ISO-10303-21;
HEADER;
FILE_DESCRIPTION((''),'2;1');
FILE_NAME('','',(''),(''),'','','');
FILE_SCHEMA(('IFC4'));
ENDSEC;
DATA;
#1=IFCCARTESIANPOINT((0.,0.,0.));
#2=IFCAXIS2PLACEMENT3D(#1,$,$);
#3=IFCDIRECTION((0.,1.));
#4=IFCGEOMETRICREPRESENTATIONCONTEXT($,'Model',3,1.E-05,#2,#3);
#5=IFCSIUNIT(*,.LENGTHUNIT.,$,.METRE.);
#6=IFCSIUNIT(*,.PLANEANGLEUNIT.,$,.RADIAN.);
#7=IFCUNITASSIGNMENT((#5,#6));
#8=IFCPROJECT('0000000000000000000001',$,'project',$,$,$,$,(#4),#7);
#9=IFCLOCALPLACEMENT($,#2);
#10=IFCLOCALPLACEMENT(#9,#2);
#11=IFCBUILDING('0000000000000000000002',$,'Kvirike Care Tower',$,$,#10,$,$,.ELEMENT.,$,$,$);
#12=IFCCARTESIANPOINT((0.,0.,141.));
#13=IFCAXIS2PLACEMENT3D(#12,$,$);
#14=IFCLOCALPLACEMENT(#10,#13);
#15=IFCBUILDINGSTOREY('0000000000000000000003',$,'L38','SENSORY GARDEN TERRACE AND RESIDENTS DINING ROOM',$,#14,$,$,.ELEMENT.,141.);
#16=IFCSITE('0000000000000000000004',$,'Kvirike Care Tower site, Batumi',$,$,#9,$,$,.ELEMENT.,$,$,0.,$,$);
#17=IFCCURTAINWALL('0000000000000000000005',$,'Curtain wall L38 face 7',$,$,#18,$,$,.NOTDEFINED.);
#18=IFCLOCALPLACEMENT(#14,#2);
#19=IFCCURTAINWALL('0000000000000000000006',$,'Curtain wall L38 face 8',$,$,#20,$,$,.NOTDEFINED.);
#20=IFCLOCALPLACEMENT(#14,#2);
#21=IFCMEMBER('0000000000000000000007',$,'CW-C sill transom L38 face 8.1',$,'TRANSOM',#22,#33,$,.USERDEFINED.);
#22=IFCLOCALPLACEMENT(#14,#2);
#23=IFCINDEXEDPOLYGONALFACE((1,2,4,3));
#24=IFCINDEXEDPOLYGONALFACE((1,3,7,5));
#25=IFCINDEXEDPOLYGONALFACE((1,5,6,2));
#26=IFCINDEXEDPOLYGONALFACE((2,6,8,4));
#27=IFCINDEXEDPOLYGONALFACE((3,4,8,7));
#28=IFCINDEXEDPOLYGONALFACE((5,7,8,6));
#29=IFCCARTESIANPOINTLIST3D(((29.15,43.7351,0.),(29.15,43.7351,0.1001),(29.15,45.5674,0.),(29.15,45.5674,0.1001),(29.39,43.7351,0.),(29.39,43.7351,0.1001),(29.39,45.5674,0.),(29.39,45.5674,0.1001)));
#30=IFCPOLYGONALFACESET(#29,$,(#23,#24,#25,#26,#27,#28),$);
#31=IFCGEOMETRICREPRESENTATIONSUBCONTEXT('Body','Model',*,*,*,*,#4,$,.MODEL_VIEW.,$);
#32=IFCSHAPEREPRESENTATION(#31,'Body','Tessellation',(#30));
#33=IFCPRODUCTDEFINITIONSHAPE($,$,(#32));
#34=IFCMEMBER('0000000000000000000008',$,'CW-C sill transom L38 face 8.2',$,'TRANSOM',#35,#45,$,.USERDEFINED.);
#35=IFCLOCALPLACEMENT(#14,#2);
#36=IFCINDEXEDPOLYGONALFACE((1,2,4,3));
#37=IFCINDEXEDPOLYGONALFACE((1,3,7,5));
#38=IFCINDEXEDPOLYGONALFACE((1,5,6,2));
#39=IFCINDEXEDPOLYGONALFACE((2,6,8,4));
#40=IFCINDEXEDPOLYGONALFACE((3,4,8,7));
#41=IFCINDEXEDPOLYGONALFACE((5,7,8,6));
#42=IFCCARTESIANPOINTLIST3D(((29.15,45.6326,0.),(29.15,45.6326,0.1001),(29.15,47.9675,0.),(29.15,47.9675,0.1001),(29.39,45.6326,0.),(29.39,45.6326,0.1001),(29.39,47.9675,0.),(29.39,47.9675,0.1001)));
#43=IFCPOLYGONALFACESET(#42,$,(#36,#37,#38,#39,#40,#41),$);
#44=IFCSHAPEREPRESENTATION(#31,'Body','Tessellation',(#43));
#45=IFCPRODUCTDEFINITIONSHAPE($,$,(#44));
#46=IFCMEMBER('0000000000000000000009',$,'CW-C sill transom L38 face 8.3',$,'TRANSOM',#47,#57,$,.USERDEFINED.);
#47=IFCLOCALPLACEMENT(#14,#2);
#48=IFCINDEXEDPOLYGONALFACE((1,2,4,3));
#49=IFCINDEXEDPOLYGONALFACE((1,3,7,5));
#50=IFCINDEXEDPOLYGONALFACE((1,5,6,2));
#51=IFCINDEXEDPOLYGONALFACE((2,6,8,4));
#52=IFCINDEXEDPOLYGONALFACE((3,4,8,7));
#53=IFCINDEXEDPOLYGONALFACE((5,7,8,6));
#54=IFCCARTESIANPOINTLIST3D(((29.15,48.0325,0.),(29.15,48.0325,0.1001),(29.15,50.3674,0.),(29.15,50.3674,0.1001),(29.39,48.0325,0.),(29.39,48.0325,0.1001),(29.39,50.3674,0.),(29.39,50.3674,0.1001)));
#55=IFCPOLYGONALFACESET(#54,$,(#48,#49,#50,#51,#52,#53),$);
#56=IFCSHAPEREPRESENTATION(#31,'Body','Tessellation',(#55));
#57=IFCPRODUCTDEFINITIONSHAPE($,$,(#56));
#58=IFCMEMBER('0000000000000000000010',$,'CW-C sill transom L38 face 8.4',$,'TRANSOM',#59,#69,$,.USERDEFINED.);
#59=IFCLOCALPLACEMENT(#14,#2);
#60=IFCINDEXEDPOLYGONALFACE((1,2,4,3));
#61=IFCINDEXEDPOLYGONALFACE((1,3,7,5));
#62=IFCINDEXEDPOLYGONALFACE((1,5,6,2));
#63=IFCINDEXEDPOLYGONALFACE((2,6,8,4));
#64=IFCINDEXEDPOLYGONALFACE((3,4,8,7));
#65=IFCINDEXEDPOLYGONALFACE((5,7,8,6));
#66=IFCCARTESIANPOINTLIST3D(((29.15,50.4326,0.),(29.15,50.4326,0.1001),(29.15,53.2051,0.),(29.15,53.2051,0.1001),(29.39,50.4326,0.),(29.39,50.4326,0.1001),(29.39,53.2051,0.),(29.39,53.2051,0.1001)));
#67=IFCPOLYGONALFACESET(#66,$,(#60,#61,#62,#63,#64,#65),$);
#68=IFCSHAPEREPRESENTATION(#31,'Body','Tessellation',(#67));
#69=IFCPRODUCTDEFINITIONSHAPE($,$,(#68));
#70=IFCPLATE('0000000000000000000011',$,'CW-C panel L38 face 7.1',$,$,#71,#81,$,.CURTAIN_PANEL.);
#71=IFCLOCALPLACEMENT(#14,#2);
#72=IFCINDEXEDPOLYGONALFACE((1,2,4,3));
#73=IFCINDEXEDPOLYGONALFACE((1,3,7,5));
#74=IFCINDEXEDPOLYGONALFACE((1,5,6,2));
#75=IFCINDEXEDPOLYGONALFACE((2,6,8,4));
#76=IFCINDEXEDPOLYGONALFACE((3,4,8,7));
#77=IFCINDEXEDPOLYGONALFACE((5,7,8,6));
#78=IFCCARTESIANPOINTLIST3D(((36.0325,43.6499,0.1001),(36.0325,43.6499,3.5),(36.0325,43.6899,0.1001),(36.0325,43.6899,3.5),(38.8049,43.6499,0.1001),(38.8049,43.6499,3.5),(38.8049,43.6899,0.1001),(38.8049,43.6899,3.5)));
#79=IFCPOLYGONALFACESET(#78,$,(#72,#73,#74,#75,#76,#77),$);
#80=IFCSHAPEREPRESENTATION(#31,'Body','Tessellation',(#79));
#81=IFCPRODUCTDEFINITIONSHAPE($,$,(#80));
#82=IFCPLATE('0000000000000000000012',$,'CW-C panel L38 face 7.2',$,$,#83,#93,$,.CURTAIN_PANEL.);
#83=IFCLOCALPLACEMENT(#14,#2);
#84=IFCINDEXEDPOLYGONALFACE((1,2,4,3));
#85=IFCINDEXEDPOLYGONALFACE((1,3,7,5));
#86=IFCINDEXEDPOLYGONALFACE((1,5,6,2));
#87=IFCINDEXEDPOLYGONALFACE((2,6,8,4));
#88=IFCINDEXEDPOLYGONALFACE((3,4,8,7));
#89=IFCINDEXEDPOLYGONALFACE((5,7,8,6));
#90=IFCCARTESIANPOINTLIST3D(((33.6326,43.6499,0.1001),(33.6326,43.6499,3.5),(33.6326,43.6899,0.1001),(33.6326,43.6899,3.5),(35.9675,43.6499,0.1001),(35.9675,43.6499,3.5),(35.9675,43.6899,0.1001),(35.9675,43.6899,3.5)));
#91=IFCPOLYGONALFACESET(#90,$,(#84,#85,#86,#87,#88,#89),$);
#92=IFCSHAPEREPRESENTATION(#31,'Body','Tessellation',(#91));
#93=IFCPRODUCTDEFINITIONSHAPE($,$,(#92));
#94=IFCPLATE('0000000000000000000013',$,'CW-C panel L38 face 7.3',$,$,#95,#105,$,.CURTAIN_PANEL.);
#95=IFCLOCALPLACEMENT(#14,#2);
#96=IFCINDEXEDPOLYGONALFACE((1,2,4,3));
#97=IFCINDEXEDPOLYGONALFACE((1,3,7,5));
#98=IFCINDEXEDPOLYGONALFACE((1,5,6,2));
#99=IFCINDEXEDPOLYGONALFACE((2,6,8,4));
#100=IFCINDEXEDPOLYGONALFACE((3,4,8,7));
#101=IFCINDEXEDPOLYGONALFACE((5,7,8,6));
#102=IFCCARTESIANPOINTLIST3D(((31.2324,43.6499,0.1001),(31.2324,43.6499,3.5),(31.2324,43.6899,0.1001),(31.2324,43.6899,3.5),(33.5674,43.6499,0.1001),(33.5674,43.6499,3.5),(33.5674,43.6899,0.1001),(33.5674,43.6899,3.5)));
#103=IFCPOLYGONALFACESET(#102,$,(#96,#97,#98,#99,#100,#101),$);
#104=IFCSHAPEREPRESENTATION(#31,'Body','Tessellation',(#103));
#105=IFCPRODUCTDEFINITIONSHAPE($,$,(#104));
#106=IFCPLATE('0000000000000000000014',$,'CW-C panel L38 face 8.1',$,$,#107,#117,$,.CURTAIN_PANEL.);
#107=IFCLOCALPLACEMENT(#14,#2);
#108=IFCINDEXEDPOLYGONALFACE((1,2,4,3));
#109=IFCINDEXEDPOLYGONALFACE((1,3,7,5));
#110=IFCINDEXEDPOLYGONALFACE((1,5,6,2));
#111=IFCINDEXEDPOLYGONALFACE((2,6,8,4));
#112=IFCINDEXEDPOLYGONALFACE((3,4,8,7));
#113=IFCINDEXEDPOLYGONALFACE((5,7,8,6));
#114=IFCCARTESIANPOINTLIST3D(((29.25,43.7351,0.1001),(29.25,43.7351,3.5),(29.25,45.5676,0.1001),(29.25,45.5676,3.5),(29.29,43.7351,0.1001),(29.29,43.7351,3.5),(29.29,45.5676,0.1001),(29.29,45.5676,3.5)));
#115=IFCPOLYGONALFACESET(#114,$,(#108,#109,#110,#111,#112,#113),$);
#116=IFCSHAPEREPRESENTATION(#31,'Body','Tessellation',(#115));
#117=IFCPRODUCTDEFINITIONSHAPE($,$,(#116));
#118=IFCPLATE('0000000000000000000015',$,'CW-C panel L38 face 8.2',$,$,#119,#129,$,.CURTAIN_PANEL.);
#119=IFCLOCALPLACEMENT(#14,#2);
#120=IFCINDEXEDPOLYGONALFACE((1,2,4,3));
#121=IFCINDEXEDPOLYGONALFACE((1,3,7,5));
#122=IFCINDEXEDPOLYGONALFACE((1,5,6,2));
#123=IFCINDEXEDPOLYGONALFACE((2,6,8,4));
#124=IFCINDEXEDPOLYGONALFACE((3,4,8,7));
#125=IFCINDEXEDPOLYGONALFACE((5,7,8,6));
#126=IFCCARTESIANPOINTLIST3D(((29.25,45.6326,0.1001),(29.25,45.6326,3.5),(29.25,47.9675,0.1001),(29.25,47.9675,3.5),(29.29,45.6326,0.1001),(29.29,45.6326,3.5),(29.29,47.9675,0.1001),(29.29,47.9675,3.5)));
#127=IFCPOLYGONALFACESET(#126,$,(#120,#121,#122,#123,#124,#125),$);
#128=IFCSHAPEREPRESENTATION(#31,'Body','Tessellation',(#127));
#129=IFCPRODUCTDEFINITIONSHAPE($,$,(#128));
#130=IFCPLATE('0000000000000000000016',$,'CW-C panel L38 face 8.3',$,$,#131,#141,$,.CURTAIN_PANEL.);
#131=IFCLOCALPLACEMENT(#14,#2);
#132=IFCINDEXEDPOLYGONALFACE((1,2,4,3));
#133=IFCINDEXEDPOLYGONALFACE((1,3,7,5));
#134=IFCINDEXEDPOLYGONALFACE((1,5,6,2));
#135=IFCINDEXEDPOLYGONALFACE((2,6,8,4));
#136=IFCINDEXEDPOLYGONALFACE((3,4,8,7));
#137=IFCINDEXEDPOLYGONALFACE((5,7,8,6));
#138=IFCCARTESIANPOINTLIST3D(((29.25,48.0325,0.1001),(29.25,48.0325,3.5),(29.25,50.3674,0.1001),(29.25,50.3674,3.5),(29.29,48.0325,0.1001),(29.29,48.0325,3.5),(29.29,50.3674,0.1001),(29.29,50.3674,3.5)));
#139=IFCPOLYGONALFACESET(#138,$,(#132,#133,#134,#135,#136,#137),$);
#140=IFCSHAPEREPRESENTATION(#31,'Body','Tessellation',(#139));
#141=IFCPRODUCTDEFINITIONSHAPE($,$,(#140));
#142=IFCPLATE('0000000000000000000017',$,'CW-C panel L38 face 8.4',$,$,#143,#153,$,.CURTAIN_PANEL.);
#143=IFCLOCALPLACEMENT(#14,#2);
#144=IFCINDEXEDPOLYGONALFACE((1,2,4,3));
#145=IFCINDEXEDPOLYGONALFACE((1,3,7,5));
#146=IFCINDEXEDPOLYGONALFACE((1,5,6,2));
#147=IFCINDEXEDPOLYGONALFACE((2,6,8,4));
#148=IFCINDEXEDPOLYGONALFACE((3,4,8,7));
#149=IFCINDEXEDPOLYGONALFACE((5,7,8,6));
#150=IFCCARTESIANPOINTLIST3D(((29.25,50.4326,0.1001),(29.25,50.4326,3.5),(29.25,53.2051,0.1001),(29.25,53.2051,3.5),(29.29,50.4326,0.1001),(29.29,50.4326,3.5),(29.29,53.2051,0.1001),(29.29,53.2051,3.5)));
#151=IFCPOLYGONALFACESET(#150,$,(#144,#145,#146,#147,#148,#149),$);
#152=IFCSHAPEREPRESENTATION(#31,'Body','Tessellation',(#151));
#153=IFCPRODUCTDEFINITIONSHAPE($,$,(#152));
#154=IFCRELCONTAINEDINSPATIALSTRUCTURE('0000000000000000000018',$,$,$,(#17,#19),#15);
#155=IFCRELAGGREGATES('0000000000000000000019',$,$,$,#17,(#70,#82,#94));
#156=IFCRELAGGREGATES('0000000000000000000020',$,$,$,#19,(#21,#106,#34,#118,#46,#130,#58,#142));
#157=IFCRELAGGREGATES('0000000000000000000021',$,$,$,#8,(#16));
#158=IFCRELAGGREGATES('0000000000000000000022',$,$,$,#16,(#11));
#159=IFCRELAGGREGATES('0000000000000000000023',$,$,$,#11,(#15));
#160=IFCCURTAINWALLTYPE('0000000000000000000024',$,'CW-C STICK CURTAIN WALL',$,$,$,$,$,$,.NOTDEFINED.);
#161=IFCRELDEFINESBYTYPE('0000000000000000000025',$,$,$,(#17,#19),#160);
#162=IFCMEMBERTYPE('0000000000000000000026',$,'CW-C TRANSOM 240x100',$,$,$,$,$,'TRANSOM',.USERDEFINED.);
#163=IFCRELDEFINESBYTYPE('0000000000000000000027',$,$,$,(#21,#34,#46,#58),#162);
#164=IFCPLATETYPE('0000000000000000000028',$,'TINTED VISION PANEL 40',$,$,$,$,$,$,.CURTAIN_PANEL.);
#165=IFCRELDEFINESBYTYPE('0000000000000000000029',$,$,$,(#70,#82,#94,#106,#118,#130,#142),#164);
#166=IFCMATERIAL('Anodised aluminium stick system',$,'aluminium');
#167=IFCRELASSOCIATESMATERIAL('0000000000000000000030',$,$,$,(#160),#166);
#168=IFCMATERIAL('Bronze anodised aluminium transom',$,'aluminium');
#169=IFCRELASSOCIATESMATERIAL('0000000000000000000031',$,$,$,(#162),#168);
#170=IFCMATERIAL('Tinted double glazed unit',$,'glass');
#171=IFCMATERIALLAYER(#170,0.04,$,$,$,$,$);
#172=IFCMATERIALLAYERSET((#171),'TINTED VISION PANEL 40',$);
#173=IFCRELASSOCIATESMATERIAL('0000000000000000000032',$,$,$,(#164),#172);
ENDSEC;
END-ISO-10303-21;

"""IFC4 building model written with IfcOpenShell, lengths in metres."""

from ifc_helpers import new_model, si_unit, direction, frame, origin, origin_2d, place, context, subcontext, project, spatial, rectangle, extrude, material, layer, layer_set, material_profile, profile_set, type_object, element, aggregate, save


model = new_model("IFC4")

# Units and contexts
model_context = context("Model", 3, precision=1e-05, world=origin(), true_north=direction((0.0, 1.0)))
body_context = subcontext(model_context, "Body", "Model", "MODEL_VIEW")
ifc_project = project(units=[si_unit("LENGTHUNIT", "METRE"), si_unit("PLANEANGLEUNIT", "RADIAN")], contexts=[model_context])

# Site, building, storey
site_placement = place(None, origin())
site = spatial("IfcSite", under=ifc_project, at=site_placement, Name="Kvirike Care Tower site, Batumi", CompositionType="ELEMENT", RefElevation=0.0)
building_placement = place(site_placement, origin())
building = spatial("IfcBuilding", under=site, at=building_placement, Name="Kvirike Care Tower", CompositionType="ELEMENT")
storey_placement = place(building_placement, frame((0.0, 0.0, 141.0)))
storey = spatial("IfcBuildingStorey", under=building, at=storey_placement, Name="L38", Description="SENSORY GARDEN TERRACE AND RESIDENTS DINING ROOM", CompositionType="ELEMENT", Elevation=141.0)

# Curtain walls
ifc_material_1 = material(Name="Anodised aluminium stick system", Category="aluminium")
curtain_wall_type = type_object("IfcCurtainWallType", Name="CW-C STICK CURTAIN WALL", PredefinedType="NOTDEFINED", material=ifc_material_1)
curtain_wall_1_placement = place(storey_placement, origin())
curtain_wall_1 = element("IfcCurtainWall", 1, at=curtain_wall_1_placement, inside=storey, type_object=curtain_wall_type, Name="Curtain wall L38 face 7", PredefinedType="NOTDEFINED")
curtain_wall_2_placement = place(storey_placement, origin())
curtain_wall_2 = element("IfcCurtainWall", 2, at=curtain_wall_2_placement, inside=storey, type_object=curtain_wall_type, Name="Curtain wall L38 face 8", PredefinedType="NOTDEFINED")

# Members
ifc_material_2 = material(Name="Bronze anodised aluminium transom", Category="aluminium")
ifc_material_profile_1 = material_profile(ifc_material_2, rectangle(XDim=0.24, YDim=0.1001, at=origin_2d()), Name="CW-C TRANSOM 240x100")
ifc_profile_set_1 = profile_set([ifc_material_profile_1], Name="Bronze anodised aluminium transom")
member_type_1 = type_object("IfcMemberType", Name="CW-C TRANSOM 240x100", ElementType="TRANSOM", PredefinedType="USERDEFINED", material=ifc_profile_set_1)
member_1_placement = place(storey_placement, frame((29.27, 43.7351, 0.05), z_axis=(0.0, 1.0, 0.0), x_axis=(-1.0, 0.0, 0.0)))
member_1 = element("IfcMember", 3, at=member_1_placement, type_object=member_type_1, Name="CW-C sill transom L38 face 8.1", ObjectType="TRANSOM", PredefinedType="USERDEFINED", context=body_context, shape_type="SweptSolid", body=[
    extrude(rectangle(XDim=0.24, YDim=0.1001, at=origin_2d()), origin(), (0.0, 0.0, 1.0), 1.8323),
])
member_2_placement = place(storey_placement, frame((29.27, 45.6326, 0.05), z_axis=(0.0, 1.0, 0.0), x_axis=(-1.0, 0.0, 0.0)))
member_2 = element("IfcMember", 4, at=member_2_placement, type_object=member_type_1, Name="CW-C sill transom L38 face 8.2", ObjectType="TRANSOM", PredefinedType="USERDEFINED", context=body_context, shape_type="SweptSolid", body=[
    extrude(rectangle(XDim=0.24, YDim=0.1001, at=origin_2d()), origin(), (0.0, 0.0, 1.0), 2.335),
])
member_3_placement = place(storey_placement, frame((29.27, 48.0325, 0.05), z_axis=(0.0, 1.0, 0.0), x_axis=(-1.0, 0.0, 0.0)))
member_3 = element("IfcMember", 5, at=member_3_placement, type_object=member_type_1, Name="CW-C sill transom L38 face 8.3", ObjectType="TRANSOM", PredefinedType="USERDEFINED", context=body_context, shape_type="SweptSolid", body=[
    extrude(rectangle(XDim=0.24, YDim=0.1001, at=origin_2d()), origin(), (0.0, 0.0, 1.0), 2.335),
])
member_4_placement = place(storey_placement, frame((29.27, 50.4326, 0.05), z_axis=(0.0, 1.0, 0.0), x_axis=(-1.0, 0.0, 0.0)))
member_4 = element("IfcMember", 6, at=member_4_placement, type_object=member_type_1, Name="CW-C sill transom L38 face 8.4", ObjectType="TRANSOM", PredefinedType="USERDEFINED", context=body_context, shape_type="SweptSolid", body=[
    extrude(rectangle(XDim=0.24, YDim=0.1001, at=origin_2d()), origin(), (0.0, 0.0, 1.0), 2.7725),
])

# Plates
ifc_material_3 = material(Name="Tinted double glazed unit", Category="glass")
ifc_layer_1 = layer(ifc_material_3, 0.04)
ifc_layer_set_1 = layer_set([ifc_layer_1], Name="TINTED VISION PANEL 40")
plate_type = type_object("IfcPlateType", Name="TINTED VISION PANEL 40", PredefinedType="CURTAIN_PANEL", material=ifc_layer_set_1)
plate_1_placement = place(storey_placement, frame((37.4187, 43.6699, 0.1001), z_axis=(0.0, 0.0, 1.0), x_axis=(-1.0, 0.0, 0.0)))
plate_1 = element("IfcPlate", 7, at=plate_1_placement, type_object=plate_type, Name="CW-C panel L38 face 7.1", PredefinedType="CURTAIN_PANEL", context=body_context, shape_type="SweptSolid", body=[
    extrude(rectangle(XDim=2.7725, YDim=0.04, at=origin_2d()), origin(), (0.0, 0.0, 1.0), 3.3999),
])
plate_2_placement = place(storey_placement, frame((34.8, 43.6699, 0.1001), z_axis=(0.0, 0.0, 1.0), x_axis=(-1.0, 0.0, 0.0)))
plate_2 = element("IfcPlate", 8, at=plate_2_placement, type_object=plate_type, Name="CW-C panel L38 face 7.2", PredefinedType="CURTAIN_PANEL", context=body_context, shape_type="SweptSolid", body=[
    extrude(rectangle(XDim=2.335, YDim=0.04, at=origin_2d()), origin(), (0.0, 0.0, 1.0), 3.3999),
])
plate_3_placement = place(storey_placement, frame((32.3999, 43.6699, 0.1001), z_axis=(0.0, 0.0, 1.0), x_axis=(-1.0, 0.0, 0.0)))
plate_3 = element("IfcPlate", 9, at=plate_3_placement, type_object=plate_type, Name="CW-C panel L38 face 7.3", PredefinedType="CURTAIN_PANEL", context=body_context, shape_type="SweptSolid", body=[
    extrude(rectangle(XDim=2.335, YDim=0.04, at=origin_2d()), origin(), (0.0, 0.0, 1.0), 3.3999),
])
aggregate(curtain_wall_1, [plate_1, plate_2, plate_3])
plate_4_placement = place(storey_placement, frame((29.27, 44.6514, 0.1001), z_axis=(0.0, 0.0, 1.0), x_axis=(0.0, 1.0, 0.0)))
plate_4 = element("IfcPlate", 10, at=plate_4_placement, type_object=plate_type, Name="CW-C panel L38 face 8.1", PredefinedType="CURTAIN_PANEL", context=body_context, shape_type="SweptSolid", body=[
    extrude(rectangle(XDim=1.8325, YDim=0.04, at=origin_2d()), origin(), (0.0, 0.0, 1.0), 3.3999),
])
plate_5_placement = place(storey_placement, frame((29.27, 46.8, 0.1001), z_axis=(0.0, 0.0, 1.0), x_axis=(0.0, 1.0, 0.0)))
plate_5 = element("IfcPlate", 11, at=plate_5_placement, type_object=plate_type, Name="CW-C panel L38 face 8.2", PredefinedType="CURTAIN_PANEL", context=body_context, shape_type="SweptSolid", body=[
    extrude(rectangle(XDim=2.335, YDim=0.04, at=origin_2d()), origin(), (0.0, 0.0, 1.0), 3.3999),
])
plate_6_placement = place(storey_placement, frame((29.27, 49.2, 0.1001), z_axis=(0.0, 0.0, 1.0), x_axis=(0.0, 1.0, 0.0)))
plate_6 = element("IfcPlate", 12, at=plate_6_placement, type_object=plate_type, Name="CW-C panel L38 face 8.3", PredefinedType="CURTAIN_PANEL", context=body_context, shape_type="SweptSolid", body=[
    extrude(rectangle(XDim=2.335, YDim=0.04, at=origin_2d()), origin(), (0.0, 0.0, 1.0), 3.3999),
])
plate_7_placement = place(storey_placement, frame((29.27, 51.8188, 0.1001), z_axis=(0.0, 0.0, 1.0), x_axis=(0.0, 1.0, 0.0)))
plate_7 = element("IfcPlate", 13, at=plate_7_placement, type_object=plate_type, Name="CW-C panel L38 face 8.4", PredefinedType="CURTAIN_PANEL", context=body_context, shape_type="SweptSolid", body=[
    extrude(rectangle(XDim=2.7725, YDim=0.04, at=origin_2d()), origin(), (0.0, 0.0, 1.0), 3.3999),
])
aggregate(curtain_wall_2, [member_1, plate_4, member_2, plate_5, member_3, plate_6, member_4, plate_7])

save(model, "model.ifc")
